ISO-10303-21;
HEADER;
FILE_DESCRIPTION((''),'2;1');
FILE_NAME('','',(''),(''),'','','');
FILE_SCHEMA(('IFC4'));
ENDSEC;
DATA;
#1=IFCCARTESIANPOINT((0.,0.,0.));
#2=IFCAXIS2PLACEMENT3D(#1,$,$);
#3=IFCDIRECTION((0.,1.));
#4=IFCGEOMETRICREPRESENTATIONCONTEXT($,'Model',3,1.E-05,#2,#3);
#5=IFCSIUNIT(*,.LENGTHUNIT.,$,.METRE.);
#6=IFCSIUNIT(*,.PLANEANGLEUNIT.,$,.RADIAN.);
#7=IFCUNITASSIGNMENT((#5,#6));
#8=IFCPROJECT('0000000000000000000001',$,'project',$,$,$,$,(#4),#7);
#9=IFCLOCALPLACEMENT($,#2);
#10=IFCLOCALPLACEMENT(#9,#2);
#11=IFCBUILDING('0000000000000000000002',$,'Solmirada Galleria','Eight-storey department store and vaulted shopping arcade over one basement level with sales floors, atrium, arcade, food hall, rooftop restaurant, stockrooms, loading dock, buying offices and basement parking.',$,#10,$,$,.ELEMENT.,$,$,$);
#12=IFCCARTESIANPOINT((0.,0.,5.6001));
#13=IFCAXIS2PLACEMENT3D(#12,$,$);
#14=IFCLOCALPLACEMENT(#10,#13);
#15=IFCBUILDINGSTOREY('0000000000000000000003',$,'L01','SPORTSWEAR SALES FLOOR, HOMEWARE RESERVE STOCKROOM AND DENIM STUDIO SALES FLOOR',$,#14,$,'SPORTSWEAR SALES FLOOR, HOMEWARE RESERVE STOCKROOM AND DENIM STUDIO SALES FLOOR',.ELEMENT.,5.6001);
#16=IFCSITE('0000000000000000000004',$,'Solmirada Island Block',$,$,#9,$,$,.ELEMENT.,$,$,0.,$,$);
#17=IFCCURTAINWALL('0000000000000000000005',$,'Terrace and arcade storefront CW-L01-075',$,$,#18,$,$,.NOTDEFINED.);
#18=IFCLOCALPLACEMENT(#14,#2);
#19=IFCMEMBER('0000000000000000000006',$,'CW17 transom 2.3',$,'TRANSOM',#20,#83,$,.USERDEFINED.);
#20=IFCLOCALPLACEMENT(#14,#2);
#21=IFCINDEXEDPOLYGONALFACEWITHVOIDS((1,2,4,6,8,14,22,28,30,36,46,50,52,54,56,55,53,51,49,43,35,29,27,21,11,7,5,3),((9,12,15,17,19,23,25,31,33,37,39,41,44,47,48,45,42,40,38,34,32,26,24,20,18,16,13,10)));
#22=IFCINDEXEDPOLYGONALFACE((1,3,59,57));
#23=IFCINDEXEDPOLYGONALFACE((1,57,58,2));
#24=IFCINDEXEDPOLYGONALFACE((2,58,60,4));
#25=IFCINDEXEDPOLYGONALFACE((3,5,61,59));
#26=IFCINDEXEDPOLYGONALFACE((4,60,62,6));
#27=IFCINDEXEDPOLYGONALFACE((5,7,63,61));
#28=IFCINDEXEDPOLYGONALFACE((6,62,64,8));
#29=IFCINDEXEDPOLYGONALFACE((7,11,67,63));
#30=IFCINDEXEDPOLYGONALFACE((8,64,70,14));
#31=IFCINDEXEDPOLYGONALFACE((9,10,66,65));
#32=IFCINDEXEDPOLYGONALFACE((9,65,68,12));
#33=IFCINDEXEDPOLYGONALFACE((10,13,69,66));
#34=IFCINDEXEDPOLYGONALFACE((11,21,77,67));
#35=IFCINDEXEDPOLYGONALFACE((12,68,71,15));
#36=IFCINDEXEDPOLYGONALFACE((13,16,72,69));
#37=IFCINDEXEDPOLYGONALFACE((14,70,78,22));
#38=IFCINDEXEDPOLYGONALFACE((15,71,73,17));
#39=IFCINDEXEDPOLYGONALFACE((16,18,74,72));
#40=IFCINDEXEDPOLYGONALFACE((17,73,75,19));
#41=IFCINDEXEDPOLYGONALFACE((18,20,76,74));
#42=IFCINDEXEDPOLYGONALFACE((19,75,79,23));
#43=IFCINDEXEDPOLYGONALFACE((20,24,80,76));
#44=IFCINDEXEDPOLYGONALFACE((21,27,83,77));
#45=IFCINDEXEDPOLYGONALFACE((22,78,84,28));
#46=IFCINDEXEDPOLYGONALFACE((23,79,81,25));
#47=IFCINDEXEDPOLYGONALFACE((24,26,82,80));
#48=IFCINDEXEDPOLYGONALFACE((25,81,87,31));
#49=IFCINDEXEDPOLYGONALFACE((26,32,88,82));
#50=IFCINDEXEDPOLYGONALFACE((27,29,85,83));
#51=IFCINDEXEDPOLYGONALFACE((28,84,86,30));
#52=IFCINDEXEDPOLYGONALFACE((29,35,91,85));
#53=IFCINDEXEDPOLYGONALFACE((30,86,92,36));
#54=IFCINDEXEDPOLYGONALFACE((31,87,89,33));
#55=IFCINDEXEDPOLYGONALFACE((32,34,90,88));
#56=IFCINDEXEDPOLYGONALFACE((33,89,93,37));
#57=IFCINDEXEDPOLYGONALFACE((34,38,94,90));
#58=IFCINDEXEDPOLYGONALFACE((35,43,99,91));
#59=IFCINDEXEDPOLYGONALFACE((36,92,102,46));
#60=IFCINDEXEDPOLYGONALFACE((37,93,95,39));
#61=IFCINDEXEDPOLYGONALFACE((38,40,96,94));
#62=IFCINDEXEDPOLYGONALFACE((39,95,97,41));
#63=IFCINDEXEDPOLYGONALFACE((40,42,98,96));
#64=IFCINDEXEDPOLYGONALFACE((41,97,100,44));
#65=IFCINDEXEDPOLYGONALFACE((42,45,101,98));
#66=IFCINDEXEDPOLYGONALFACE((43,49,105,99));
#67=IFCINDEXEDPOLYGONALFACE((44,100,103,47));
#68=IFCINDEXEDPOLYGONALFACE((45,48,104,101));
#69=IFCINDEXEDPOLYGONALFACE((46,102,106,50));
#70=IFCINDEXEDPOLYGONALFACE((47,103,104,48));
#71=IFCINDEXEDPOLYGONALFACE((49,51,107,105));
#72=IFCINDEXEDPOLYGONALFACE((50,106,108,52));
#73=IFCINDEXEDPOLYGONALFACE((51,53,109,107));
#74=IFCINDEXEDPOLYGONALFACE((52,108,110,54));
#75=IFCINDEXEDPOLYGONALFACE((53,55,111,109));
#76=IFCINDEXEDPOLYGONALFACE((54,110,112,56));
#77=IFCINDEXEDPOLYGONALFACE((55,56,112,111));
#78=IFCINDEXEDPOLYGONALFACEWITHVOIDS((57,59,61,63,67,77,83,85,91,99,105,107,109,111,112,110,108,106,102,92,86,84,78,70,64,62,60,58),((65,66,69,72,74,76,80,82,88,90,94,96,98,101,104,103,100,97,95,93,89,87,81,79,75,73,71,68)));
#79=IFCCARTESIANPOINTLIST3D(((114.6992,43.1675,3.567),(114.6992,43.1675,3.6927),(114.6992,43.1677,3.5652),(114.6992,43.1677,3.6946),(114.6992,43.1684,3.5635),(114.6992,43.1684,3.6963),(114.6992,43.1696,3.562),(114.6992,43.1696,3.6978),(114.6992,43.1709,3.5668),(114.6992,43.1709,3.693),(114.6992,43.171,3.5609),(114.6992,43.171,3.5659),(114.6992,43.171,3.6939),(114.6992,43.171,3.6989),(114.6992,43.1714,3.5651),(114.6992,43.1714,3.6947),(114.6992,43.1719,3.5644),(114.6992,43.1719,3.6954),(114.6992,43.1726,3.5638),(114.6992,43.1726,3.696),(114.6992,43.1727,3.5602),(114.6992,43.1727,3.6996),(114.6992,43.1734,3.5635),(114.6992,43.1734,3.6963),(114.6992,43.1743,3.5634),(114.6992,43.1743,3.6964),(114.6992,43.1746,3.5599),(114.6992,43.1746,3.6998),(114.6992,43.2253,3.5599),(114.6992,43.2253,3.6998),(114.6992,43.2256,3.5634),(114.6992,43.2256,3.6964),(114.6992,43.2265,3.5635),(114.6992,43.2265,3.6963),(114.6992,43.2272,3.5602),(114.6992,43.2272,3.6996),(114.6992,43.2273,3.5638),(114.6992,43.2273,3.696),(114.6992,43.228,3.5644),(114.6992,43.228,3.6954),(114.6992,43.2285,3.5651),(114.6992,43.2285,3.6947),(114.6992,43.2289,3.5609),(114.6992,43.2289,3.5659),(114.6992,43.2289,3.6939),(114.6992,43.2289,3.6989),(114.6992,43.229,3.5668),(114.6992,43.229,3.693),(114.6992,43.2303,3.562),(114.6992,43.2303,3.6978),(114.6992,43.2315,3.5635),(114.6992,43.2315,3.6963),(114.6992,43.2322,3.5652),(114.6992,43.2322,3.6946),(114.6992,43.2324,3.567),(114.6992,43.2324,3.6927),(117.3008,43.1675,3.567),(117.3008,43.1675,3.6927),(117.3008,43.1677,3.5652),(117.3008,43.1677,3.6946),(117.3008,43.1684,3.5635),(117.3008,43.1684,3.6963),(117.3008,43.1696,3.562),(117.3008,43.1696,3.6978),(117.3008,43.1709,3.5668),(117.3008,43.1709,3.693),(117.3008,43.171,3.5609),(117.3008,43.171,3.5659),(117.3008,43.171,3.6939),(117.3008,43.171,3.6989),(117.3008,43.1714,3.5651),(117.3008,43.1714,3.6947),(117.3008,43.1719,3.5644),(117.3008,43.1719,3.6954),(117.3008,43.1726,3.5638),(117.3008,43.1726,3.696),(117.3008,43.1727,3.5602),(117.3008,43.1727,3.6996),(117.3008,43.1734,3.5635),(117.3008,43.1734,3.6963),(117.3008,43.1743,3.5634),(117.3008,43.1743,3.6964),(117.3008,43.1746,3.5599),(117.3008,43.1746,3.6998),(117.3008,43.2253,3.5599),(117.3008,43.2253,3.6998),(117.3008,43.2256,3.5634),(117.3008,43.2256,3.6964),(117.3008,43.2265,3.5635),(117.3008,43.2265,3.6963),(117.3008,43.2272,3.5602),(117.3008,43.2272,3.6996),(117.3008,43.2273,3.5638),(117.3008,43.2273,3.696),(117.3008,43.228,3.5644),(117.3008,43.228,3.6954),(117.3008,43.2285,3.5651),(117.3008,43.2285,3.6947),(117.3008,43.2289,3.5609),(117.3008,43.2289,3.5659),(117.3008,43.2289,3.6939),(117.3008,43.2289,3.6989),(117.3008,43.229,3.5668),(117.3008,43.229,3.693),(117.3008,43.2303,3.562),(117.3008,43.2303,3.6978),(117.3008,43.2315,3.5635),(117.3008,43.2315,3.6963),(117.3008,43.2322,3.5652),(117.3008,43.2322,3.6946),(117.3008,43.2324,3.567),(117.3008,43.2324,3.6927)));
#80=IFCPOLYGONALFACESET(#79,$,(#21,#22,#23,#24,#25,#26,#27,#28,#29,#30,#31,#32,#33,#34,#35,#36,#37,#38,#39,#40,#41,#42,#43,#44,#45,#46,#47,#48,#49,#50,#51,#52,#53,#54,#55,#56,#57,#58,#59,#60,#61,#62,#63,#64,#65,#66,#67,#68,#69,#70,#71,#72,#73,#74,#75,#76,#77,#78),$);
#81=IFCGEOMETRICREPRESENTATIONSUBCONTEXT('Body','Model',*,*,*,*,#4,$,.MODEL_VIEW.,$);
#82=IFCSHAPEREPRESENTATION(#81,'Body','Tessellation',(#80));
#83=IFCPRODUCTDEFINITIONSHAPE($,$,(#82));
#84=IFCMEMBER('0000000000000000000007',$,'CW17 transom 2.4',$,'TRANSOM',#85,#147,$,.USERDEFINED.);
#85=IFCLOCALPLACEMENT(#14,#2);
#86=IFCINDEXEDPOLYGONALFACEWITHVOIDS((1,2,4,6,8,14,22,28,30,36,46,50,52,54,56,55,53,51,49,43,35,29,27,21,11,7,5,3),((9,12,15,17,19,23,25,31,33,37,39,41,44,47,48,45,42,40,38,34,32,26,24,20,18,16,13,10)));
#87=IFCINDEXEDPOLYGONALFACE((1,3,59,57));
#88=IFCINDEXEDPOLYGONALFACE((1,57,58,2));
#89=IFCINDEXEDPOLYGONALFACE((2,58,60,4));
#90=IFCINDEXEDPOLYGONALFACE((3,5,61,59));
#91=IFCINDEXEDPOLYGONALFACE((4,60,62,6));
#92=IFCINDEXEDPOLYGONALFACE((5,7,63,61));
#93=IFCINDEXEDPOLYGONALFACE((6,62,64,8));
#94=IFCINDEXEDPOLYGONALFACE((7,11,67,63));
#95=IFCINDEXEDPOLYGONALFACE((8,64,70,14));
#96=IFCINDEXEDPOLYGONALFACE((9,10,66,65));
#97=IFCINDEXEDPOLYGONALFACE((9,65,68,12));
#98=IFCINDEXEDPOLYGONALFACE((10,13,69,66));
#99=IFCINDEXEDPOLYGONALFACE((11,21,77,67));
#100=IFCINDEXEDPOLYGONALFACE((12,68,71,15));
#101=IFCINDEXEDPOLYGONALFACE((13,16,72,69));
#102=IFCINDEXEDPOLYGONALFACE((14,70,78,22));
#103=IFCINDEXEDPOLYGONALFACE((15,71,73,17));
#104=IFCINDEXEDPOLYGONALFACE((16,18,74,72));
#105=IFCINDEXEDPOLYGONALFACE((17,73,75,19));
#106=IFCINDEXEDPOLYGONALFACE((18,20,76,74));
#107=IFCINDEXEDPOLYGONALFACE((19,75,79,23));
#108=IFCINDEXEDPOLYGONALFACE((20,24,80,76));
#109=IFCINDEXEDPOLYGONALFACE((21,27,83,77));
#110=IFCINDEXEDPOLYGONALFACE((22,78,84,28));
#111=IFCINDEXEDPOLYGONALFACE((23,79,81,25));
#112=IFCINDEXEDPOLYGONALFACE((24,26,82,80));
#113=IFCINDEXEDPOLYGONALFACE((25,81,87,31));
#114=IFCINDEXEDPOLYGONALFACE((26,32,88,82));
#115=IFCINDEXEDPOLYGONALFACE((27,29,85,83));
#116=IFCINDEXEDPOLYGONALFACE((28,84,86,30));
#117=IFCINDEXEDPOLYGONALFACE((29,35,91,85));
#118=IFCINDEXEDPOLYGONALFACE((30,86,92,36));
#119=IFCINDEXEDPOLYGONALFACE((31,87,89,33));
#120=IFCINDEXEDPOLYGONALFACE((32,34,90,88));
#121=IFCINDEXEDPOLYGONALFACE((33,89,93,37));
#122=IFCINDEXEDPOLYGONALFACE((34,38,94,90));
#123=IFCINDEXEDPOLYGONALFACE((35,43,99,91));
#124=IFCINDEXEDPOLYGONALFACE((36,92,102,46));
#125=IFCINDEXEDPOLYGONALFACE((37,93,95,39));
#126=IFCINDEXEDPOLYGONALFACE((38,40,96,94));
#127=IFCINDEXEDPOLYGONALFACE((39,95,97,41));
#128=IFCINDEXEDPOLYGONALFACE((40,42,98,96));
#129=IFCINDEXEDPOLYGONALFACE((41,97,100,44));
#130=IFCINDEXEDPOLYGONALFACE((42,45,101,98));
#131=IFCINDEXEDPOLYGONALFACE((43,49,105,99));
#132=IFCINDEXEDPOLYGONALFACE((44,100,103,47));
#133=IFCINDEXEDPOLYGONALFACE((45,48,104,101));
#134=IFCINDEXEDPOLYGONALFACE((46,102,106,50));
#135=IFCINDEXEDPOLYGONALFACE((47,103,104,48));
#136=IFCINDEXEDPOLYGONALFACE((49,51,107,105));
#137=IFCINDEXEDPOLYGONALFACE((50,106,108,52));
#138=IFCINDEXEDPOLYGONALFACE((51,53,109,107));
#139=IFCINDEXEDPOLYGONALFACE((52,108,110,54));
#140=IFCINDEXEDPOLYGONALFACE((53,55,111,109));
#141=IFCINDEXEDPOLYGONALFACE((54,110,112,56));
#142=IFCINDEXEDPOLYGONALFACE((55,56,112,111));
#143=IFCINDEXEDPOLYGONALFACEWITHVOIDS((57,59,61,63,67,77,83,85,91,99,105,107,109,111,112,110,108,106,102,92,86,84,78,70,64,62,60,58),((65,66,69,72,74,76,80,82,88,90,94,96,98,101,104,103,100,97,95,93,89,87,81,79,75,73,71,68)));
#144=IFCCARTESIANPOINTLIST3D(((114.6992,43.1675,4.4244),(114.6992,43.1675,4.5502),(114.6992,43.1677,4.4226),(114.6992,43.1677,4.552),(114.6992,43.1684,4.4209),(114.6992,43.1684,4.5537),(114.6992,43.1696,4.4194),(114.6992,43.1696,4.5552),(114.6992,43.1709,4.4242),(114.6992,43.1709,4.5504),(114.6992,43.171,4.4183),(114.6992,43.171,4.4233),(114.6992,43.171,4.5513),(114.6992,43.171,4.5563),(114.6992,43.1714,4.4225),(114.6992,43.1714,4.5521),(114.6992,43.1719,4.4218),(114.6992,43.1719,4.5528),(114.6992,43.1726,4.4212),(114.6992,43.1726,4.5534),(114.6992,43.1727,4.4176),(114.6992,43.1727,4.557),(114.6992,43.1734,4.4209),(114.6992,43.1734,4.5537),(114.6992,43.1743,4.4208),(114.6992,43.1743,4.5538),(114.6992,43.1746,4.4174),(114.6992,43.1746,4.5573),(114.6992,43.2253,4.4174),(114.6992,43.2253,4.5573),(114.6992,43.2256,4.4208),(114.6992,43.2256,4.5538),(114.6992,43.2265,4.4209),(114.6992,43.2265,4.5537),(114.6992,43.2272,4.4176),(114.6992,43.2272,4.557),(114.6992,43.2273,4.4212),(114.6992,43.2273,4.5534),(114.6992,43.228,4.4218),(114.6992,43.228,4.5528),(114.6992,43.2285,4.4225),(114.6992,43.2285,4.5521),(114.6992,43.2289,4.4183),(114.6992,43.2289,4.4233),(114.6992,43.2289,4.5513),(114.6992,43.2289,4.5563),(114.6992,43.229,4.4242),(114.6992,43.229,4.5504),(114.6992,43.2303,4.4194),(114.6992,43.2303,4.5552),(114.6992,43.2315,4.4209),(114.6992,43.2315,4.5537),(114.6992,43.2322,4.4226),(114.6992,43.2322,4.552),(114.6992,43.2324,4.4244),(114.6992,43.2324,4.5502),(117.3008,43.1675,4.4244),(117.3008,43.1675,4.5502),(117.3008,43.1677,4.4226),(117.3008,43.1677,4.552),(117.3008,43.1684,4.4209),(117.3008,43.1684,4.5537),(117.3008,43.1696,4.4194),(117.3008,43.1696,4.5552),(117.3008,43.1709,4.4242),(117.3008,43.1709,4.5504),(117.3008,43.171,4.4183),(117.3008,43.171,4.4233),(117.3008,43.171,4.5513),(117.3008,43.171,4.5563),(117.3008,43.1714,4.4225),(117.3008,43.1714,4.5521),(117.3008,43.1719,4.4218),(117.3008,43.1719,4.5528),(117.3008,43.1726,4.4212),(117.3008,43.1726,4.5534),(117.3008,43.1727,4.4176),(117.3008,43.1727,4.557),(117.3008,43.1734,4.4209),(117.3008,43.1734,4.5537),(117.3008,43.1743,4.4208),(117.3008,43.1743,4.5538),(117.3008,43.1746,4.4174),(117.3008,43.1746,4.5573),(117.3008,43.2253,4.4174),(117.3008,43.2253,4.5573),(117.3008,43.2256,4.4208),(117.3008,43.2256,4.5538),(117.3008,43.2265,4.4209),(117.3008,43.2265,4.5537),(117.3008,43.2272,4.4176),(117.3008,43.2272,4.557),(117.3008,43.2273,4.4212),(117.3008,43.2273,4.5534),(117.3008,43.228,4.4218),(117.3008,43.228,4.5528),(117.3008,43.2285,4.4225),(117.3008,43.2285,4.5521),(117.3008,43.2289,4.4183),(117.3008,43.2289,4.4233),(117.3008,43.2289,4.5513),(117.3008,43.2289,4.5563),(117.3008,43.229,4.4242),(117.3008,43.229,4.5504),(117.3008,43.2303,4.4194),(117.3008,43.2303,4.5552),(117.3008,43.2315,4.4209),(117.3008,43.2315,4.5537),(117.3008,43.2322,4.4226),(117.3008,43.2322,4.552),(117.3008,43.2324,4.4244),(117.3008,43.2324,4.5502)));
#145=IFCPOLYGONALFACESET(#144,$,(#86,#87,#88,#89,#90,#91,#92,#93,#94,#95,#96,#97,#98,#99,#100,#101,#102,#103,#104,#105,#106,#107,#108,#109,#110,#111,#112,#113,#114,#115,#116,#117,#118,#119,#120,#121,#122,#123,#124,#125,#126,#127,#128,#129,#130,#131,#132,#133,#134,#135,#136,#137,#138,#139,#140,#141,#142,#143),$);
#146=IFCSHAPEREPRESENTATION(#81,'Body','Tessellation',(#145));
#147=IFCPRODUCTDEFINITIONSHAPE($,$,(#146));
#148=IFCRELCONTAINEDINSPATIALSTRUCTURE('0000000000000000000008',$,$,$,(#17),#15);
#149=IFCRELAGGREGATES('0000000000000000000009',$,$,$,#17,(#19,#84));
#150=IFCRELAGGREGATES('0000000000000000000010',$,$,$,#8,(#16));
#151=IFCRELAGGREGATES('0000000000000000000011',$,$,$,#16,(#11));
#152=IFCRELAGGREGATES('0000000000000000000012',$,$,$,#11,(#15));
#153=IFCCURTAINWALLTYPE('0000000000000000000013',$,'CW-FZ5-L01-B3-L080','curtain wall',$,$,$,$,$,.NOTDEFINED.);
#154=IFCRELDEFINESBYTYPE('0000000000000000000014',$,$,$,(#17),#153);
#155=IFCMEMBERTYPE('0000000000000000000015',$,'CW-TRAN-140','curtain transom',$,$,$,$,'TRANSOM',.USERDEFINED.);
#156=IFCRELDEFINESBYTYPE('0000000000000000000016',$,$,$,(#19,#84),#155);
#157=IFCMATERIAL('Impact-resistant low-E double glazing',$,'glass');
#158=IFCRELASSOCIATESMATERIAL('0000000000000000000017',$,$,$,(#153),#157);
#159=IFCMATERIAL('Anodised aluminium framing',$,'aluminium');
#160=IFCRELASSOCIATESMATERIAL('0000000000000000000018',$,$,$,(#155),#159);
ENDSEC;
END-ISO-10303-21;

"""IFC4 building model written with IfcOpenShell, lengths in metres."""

from ifc_helpers import new_model, si_unit, direction, frame, origin, origin_2d, place, context, subcontext, project, spatial, hollow_rectangle, extrude, material, material_profile, profile_set, type_object, element, aggregate, save


model = new_model("IFC4")

# Units and contexts
model_context = context("Model", 3, precision=1e-05, world=origin(), true_north=direction((0.0, 1.0)))
body_context = subcontext(model_context, "Body", "Model", "MODEL_VIEW")
ifc_project = project(units=[si_unit("LENGTHUNIT", "METRE"), si_unit("PLANEANGLEUNIT", "RADIAN")], contexts=[model_context])

# Site, building, storey
site_placement = place(None, origin())
site = spatial("IfcSite", under=ifc_project, at=site_placement, Name="Solmirada Island Block", CompositionType="ELEMENT", RefElevation=0.0)
building_placement = place(site_placement, origin())
building = spatial("IfcBuilding", under=site, at=building_placement, Name="Solmirada Galleria", Description="Eight-storey department store and vaulted shopping arcade over one basement level with sales floors, atrium, arcade, food hall, rooftop restaurant, stockrooms, loading dock, buying offices and basement parking.", CompositionType="ELEMENT")
storey_placement = place(building_placement, frame((0.0, 0.0, 5.6001)))
storey = spatial("IfcBuildingStorey", under=building, at=storey_placement, Name="L01", Description="SPORTSWEAR SALES FLOOR, HOMEWARE RESERVE STOCKROOM AND DENIM STUDIO SALES FLOOR", LongName="SPORTSWEAR SALES FLOOR, HOMEWARE RESERVE STOCKROOM AND DENIM STUDIO SALES FLOOR", CompositionType="ELEMENT", Elevation=5.6001)

# Curtain wall, members
ifc_material_1 = material(Name="Impact-resistant low-E double glazing", Category="glass")
curtain_wall_type = type_object("IfcCurtainWallType", Name="CW-FZ5-L01-B3-L080", Description="curtain wall", PredefinedType="NOTDEFINED", material=ifc_material_1)
curtain_wall_placement = place(storey_placement, origin())
curtain_wall = element("IfcCurtainWall", 1, at=curtain_wall_placement, inside=storey, type_object=curtain_wall_type, Name="Terrace and arcade storefront CW-L01-075", PredefinedType="NOTDEFINED")
ifc_material_2 = material(Name="Anodised aluminium framing", Category="aluminium")
ifc_material_profile_1 = material_profile(ifc_material_2, hollow_rectangle(XDim=0.0649, YDim=0.1399, WallThickness=0.0034, InnerFilletRadius=0.0034, OuterFilletRadius=0.0071, at=origin_2d()), Name="ALU-TRAN-140X65")
ifc_profile_set_1 = profile_set([ifc_material_profile_1], Name="Anodised aluminium framing")
member_type_1 = type_object("IfcMemberType", Name="CW-TRAN-140", Description="curtain transom", ElementType="TRANSOM", PredefinedType="USERDEFINED", material=ifc_profile_set_1)
member_1_placement = place(storey_placement, frame((114.6992, 43.2, 3.6299), z_axis=(1.0, 0.0, 0.0), x_axis=(0.0, 1.0, 0.0)))
member_1 = element("IfcMember", 2, at=member_1_placement, type_object=member_type_1, Name="CW17 transom 2.3", ObjectType="TRANSOM", PredefinedType="USERDEFINED", context=body_context, shape_type="SweptSolid", body=[
    extrude(hollow_rectangle(XDim=0.0649, YDim=0.1399, WallThickness=0.0034, InnerFilletRadius=0.0034, OuterFilletRadius=0.0071, at=origin_2d()), origin(), (0.0, 0.0, 1.0), 2.6016),
])
member_2_placement = place(storey_placement, frame((114.6992, 43.2, 4.4873), z_axis=(1.0, 0.0, 0.0), x_axis=(0.0, 1.0, 0.0)))
member_2 = element("IfcMember", 3, at=member_2_placement, type_object=member_type_1, Name="CW17 transom 2.4", ObjectType="TRANSOM", PredefinedType="USERDEFINED", context=body_context, shape_type="SweptSolid", body=[
    extrude(hollow_rectangle(XDim=0.0649, YDim=0.1399, WallThickness=0.0034, InnerFilletRadius=0.0034, OuterFilletRadius=0.0071, at=origin_2d()), origin(), (0.0, 0.0, 1.0), 2.6016),
])
aggregate(curtain_wall, [member_1, member_2])

save(model, "model.ifc")
